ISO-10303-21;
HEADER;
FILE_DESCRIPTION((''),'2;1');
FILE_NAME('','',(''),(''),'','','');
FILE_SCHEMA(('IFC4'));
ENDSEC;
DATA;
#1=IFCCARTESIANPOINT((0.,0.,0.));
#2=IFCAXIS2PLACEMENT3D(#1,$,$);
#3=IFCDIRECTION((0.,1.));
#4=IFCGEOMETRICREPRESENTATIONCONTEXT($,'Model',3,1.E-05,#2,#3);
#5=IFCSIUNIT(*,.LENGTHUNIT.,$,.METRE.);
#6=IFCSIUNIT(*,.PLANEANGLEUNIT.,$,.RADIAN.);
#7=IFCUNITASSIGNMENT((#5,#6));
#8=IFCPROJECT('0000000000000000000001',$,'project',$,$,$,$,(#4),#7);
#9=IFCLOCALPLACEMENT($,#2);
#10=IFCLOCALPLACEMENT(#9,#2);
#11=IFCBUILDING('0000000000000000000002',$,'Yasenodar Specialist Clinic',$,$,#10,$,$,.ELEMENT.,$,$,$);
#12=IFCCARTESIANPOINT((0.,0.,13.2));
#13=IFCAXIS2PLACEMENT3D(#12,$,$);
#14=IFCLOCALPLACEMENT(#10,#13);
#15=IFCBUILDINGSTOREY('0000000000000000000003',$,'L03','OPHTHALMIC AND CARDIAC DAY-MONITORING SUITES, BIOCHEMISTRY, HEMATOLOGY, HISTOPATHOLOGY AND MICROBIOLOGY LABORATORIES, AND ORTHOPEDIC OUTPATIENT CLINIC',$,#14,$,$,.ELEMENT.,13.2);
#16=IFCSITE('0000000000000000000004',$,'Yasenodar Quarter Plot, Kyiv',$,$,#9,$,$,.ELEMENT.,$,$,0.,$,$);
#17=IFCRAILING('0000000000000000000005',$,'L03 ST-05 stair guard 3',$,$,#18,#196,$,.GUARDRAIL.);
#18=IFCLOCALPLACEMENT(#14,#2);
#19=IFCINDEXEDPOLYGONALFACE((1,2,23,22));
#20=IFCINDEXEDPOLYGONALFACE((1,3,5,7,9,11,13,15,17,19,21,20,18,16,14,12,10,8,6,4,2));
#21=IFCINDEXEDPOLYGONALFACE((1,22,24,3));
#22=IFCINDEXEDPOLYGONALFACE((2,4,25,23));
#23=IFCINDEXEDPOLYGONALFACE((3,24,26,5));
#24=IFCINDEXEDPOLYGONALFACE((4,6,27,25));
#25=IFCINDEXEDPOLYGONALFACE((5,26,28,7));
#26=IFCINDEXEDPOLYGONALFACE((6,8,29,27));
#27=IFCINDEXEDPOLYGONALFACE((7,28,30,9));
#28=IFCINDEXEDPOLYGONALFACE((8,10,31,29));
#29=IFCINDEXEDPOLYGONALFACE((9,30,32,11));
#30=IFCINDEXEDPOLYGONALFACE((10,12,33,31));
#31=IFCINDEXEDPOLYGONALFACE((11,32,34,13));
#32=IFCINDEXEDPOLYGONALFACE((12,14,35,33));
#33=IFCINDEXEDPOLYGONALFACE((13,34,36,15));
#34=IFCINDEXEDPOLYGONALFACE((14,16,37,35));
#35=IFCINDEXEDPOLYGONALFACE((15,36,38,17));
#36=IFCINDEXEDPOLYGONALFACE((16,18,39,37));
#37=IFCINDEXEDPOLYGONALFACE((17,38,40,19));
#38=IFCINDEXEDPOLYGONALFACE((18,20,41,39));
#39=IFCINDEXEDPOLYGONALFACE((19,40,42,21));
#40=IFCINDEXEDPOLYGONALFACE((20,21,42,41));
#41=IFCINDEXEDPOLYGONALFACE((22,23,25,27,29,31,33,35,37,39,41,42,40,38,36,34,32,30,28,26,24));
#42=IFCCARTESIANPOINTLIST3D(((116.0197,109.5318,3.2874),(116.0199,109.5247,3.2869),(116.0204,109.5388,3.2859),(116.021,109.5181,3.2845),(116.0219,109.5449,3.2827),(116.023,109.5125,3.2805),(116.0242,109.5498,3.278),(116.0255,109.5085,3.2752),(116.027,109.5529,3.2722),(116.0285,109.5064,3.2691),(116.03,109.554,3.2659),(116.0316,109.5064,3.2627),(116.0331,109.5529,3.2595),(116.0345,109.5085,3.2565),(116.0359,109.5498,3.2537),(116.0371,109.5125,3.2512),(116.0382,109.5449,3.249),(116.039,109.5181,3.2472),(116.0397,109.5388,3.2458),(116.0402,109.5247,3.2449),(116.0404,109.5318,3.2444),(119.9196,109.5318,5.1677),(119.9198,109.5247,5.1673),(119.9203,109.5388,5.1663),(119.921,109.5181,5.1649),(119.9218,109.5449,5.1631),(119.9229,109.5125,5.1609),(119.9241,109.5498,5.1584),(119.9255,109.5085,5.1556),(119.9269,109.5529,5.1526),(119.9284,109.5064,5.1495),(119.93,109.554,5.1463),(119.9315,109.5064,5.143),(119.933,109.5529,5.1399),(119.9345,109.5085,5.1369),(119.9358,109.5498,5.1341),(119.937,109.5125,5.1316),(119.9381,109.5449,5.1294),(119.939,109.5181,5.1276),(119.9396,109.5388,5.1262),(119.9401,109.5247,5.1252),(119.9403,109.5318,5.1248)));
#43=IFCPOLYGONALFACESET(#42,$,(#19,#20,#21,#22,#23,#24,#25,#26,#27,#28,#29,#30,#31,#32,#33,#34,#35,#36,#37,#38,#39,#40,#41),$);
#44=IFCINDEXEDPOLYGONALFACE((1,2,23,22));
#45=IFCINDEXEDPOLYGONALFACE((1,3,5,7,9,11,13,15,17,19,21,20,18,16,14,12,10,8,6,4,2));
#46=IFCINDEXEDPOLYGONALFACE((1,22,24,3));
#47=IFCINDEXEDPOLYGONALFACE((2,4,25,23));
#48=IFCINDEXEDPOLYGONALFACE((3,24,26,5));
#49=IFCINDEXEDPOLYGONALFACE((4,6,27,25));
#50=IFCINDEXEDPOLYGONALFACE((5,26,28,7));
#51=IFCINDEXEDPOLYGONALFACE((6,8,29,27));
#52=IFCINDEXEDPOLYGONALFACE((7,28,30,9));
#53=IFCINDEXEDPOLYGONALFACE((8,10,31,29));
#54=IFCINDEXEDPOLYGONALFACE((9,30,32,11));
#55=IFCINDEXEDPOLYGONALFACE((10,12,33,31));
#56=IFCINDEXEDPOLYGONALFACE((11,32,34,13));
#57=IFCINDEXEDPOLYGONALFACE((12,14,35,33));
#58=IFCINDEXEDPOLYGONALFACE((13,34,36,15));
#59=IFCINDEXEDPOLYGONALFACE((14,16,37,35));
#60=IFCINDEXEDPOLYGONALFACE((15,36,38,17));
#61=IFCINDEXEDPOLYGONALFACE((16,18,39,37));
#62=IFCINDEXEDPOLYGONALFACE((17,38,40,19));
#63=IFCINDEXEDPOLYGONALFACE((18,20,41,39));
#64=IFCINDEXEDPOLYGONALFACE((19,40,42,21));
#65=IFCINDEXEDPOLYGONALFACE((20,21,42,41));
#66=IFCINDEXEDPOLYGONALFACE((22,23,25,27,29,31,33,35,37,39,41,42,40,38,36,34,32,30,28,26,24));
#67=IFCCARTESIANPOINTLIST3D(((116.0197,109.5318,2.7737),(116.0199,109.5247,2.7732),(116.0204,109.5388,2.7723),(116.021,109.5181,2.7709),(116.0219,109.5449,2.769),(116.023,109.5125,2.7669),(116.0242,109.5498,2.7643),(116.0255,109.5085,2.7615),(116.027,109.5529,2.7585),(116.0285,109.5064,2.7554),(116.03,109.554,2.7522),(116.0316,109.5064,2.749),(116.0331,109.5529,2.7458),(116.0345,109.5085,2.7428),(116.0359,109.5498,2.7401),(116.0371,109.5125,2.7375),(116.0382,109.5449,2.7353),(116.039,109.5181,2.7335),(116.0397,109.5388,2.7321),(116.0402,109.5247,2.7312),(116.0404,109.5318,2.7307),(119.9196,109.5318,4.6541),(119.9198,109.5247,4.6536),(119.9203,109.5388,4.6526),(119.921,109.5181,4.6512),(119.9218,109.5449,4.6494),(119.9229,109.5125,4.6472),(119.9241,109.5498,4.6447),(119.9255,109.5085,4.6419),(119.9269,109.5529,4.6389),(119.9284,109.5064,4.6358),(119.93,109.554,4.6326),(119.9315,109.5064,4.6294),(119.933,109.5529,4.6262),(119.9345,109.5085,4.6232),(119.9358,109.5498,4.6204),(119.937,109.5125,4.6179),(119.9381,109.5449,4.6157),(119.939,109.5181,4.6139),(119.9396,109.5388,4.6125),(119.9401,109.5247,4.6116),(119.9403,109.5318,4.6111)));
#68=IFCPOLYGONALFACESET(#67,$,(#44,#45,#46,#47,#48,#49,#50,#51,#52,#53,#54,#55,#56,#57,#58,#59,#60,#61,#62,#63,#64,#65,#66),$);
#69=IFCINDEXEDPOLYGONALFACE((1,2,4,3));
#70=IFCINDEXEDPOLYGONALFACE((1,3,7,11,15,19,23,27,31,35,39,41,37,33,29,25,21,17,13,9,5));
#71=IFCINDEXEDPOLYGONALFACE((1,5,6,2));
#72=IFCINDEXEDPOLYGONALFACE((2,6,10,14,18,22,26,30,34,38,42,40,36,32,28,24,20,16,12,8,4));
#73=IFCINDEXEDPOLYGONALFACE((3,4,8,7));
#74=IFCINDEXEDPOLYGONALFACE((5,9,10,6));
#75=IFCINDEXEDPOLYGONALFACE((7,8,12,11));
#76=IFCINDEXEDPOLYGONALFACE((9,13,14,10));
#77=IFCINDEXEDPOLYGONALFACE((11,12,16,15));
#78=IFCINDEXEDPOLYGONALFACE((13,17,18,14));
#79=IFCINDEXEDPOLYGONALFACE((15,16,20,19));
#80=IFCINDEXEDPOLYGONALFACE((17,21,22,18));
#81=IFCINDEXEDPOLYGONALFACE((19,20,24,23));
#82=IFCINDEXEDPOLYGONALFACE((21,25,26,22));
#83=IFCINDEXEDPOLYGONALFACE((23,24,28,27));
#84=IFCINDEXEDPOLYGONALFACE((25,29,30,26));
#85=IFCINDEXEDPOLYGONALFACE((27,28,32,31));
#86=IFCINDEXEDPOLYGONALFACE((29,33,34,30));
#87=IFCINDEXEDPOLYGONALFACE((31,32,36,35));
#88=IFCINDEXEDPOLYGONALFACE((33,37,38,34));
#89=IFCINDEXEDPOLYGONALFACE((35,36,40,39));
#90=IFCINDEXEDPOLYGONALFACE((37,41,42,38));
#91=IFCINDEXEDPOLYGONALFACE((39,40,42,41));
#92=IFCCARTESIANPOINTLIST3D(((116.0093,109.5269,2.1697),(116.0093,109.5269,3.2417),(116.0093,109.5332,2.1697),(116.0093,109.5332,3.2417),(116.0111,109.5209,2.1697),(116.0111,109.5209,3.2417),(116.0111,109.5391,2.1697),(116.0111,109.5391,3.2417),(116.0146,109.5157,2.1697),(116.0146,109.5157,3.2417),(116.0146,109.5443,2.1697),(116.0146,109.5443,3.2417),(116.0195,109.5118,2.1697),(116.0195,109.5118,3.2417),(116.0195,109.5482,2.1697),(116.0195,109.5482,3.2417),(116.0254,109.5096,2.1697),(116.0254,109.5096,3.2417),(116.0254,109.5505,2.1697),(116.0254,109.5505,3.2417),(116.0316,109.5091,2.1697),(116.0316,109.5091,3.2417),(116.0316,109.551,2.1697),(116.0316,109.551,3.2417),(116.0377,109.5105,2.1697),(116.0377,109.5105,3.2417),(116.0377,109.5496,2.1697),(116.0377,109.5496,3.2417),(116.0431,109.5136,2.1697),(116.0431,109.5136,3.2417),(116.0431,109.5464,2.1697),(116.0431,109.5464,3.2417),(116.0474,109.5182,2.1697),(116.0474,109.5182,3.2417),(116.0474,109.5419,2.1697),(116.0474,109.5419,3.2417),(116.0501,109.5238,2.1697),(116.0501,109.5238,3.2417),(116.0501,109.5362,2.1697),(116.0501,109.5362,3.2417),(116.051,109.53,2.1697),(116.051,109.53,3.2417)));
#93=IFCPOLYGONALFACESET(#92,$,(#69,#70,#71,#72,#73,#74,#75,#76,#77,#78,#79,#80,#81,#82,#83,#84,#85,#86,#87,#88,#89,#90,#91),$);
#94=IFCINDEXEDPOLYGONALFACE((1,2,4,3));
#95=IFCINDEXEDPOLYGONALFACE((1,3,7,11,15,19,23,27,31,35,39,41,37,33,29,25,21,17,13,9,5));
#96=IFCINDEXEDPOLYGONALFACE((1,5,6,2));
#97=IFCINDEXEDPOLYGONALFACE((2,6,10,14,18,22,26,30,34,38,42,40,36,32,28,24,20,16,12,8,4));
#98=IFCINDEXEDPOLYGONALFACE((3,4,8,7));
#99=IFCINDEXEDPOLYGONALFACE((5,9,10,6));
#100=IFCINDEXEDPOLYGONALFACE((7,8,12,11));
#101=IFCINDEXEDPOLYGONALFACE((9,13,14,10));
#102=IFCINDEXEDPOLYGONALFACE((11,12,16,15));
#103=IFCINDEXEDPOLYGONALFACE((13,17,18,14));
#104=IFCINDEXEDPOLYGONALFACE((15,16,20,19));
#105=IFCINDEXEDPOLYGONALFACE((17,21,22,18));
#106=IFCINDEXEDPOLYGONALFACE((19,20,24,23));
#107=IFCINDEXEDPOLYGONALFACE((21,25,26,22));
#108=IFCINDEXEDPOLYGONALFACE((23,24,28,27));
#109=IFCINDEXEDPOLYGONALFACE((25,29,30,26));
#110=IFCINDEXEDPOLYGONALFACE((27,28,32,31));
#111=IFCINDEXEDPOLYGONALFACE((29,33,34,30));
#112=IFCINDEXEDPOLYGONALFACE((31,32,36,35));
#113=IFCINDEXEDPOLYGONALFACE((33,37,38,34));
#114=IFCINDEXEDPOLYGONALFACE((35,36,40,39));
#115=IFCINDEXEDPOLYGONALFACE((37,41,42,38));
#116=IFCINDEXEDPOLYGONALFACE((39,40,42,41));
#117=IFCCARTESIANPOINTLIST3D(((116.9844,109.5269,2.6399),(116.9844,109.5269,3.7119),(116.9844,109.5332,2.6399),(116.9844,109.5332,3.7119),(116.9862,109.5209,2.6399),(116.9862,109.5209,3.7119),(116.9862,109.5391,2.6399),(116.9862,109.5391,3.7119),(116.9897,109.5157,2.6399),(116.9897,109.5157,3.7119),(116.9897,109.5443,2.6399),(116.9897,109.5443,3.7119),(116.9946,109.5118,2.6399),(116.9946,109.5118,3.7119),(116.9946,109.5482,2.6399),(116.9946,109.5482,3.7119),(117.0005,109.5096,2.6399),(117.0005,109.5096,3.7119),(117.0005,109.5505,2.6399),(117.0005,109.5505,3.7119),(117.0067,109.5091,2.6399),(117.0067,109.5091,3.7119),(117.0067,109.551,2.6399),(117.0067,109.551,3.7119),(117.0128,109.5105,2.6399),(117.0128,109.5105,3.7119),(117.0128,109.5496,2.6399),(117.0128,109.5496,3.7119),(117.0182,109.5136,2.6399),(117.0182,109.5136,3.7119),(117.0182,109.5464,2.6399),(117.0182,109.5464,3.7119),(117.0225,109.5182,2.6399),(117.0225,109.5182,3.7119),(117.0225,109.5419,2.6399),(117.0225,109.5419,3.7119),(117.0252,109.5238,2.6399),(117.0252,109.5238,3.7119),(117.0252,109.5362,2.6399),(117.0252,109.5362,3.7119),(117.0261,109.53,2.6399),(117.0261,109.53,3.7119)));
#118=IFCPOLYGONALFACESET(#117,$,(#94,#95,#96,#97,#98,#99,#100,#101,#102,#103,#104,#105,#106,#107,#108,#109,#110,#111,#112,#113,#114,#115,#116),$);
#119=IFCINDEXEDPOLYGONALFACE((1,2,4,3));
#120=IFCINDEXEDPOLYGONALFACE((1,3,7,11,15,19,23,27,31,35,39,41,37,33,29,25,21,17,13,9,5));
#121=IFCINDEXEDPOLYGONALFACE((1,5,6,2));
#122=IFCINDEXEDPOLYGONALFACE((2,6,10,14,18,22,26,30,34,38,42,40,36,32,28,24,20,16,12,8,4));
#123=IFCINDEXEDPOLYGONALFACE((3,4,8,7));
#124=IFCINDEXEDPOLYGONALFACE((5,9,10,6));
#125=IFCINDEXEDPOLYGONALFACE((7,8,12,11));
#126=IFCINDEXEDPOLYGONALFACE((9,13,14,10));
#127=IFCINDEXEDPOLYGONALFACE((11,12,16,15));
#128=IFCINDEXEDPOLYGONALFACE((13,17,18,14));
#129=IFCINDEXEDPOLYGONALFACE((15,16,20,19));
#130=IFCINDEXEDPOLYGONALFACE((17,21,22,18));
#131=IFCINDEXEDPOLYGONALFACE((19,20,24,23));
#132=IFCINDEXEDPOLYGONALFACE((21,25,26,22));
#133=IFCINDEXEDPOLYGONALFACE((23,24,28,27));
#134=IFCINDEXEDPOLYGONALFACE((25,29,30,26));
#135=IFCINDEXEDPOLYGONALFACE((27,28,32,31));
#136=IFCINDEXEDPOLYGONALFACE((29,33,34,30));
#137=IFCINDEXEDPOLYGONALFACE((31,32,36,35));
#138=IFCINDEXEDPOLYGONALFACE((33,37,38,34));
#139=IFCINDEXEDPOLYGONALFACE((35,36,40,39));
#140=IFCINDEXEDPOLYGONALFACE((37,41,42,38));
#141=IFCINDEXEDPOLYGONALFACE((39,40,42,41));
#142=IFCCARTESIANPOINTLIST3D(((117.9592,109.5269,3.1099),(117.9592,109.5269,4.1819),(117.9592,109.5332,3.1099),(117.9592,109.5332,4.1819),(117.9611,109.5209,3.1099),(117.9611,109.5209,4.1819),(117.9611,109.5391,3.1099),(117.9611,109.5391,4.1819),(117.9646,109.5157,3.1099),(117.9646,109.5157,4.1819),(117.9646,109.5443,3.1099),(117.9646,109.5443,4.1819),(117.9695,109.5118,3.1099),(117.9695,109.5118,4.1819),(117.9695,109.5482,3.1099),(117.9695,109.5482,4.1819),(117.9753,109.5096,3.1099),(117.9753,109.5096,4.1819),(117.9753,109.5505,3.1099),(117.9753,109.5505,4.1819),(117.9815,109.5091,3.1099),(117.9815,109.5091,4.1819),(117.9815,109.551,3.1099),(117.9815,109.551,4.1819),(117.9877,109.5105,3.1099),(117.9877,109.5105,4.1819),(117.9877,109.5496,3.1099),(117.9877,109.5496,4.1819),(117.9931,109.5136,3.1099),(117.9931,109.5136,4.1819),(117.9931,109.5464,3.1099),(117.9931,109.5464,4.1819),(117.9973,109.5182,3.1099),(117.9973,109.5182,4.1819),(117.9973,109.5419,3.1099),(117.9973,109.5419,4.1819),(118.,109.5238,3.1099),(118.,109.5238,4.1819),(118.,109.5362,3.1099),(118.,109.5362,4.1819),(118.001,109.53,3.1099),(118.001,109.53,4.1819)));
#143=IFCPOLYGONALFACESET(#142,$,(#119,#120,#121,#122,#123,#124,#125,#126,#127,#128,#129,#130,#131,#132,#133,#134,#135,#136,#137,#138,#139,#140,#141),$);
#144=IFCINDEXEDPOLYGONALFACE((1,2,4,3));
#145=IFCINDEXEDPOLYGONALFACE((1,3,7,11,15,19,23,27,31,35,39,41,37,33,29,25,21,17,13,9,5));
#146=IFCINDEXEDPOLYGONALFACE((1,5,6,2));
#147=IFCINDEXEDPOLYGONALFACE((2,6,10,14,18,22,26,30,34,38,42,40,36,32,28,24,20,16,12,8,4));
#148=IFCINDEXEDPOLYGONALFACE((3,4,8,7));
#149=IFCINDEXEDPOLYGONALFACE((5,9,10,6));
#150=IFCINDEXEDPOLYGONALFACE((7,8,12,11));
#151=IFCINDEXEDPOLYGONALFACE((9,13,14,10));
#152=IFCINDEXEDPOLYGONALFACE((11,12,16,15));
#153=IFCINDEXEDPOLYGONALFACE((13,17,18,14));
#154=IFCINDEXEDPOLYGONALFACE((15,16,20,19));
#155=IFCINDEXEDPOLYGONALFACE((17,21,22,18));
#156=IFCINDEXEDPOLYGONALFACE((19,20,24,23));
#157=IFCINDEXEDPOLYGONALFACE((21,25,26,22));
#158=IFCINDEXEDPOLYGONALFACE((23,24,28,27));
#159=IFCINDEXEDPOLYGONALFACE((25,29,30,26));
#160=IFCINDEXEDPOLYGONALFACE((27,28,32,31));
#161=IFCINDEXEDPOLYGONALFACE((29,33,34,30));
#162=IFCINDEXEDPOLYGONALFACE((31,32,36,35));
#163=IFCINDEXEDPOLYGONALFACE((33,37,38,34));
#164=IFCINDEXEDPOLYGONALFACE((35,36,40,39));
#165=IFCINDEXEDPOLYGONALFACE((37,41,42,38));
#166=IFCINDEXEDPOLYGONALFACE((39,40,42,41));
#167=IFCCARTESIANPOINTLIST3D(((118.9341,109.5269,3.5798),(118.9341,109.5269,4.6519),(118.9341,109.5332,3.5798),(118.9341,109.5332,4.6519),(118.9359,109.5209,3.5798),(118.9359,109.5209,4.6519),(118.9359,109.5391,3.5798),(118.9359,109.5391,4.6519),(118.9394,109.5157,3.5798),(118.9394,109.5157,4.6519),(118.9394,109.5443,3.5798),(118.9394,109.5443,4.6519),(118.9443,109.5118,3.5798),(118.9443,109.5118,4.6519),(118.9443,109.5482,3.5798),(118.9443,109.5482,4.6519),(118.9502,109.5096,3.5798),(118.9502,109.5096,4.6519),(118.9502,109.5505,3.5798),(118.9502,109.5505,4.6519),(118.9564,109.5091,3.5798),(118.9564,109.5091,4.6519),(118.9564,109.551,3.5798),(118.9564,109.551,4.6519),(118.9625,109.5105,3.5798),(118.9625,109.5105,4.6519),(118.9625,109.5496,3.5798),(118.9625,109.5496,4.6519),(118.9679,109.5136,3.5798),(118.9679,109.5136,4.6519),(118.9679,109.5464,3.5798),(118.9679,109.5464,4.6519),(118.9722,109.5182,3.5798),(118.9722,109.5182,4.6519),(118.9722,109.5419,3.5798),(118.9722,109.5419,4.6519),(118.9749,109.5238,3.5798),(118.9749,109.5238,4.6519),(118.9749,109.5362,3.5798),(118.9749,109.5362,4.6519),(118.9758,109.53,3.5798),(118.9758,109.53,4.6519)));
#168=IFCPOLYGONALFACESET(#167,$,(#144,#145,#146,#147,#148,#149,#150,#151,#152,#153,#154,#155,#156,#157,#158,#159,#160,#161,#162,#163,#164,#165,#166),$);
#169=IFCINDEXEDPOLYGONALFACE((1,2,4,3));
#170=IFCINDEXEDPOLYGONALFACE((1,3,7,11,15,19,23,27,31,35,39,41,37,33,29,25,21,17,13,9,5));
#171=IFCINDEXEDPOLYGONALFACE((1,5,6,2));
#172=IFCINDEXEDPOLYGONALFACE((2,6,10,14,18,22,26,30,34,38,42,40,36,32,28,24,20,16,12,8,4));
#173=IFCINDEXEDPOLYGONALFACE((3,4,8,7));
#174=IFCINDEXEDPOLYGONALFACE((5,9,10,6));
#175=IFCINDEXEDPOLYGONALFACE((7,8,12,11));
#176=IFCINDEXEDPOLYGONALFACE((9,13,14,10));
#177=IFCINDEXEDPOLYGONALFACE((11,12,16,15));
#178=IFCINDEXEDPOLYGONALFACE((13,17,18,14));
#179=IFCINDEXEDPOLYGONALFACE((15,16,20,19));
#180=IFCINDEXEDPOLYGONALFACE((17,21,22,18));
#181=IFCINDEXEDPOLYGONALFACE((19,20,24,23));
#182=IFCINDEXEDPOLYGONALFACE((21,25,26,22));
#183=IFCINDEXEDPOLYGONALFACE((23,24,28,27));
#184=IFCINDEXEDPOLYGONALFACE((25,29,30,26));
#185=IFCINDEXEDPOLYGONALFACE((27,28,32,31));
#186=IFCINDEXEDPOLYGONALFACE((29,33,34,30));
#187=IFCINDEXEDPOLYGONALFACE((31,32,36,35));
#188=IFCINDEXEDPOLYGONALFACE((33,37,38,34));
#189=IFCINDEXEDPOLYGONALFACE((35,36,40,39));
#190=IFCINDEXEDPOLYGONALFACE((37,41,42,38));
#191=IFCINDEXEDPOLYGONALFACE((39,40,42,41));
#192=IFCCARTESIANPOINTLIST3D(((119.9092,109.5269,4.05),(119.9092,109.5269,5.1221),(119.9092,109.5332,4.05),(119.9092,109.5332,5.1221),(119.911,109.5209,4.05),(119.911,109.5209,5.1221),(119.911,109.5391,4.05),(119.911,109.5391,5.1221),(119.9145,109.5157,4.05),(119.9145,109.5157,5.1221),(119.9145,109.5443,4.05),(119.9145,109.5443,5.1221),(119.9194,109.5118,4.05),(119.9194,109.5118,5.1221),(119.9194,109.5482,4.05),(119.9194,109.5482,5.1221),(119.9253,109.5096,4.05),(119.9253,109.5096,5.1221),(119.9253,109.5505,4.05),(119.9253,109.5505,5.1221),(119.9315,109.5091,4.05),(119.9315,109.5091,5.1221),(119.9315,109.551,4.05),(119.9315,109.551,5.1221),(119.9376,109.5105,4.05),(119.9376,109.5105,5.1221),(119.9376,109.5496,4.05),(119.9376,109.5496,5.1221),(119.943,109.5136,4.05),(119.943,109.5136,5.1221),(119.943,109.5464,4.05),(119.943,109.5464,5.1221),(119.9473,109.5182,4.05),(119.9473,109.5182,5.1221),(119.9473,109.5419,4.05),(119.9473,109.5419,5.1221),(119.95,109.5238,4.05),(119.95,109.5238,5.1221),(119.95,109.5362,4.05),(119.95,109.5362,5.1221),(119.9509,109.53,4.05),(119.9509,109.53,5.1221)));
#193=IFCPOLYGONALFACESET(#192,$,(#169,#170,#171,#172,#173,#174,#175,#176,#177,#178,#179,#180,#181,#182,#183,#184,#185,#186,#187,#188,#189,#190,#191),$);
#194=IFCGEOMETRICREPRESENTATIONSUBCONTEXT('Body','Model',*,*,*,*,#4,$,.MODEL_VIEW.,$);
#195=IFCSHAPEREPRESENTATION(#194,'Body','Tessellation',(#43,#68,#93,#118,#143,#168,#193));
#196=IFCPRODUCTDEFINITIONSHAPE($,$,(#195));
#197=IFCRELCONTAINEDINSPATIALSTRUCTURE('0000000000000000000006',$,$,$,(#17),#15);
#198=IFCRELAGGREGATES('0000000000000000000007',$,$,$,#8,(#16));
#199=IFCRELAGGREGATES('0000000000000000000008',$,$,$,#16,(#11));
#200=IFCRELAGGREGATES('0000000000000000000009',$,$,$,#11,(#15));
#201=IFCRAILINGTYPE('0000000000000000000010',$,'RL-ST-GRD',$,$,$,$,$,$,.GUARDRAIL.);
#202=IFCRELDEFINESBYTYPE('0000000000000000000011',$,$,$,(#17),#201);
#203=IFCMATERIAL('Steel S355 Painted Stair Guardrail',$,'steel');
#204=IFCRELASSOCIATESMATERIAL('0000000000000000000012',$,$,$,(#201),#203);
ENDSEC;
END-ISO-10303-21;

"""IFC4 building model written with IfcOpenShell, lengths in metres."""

from ifc_helpers import new_model, si_unit, direction, frame, origin, origin_2d, place, context, subcontext, project, spatial, circle, extrude, material, type_object, element, save


model = new_model("IFC4")

# Units and contexts
model_context = context("Model", 3, precision=1e-05, world=origin(), true_north=direction((0.0, 1.0)))
body_context = subcontext(model_context, "Body", "Model", "MODEL_VIEW")
ifc_project = project(units=[si_unit("LENGTHUNIT", "METRE"), si_unit("PLANEANGLEUNIT", "RADIAN")], contexts=[model_context])

# Site, building, storey
site_placement = place(None, origin())
site = spatial("IfcSite", under=ifc_project, at=site_placement, Name="Yasenodar Quarter Plot, Kyiv", CompositionType="ELEMENT", RefElevation=0.0)
building_placement = place(site_placement, origin())
building = spatial("IfcBuilding", under=site, at=building_placement, Name="Yasenodar Specialist Clinic", CompositionType="ELEMENT")
storey_placement = place(building_placement, frame((0.0, 0.0, 13.2)))
storey = spatial("IfcBuildingStorey", under=building, at=storey_placement, Name="L03", Description="OPHTHALMIC AND CARDIAC DAY-MONITORING SUITES, BIOCHEMISTRY, HEMATOLOGY, HISTOPATHOLOGY AND MICROBIOLOGY LABORATORIES, AND ORTHOPEDIC OUTPATIENT CLINIC", CompositionType="ELEMENT", Elevation=13.2)

# Railing
ifc_material_1 = material(Name="Steel S355 Painted Stair Guardrail", Category="steel")
railing_type_1 = type_object("IfcRailingType", Name="RL-ST-GRD", PredefinedType="GUARDRAIL", material=ifc_material_1)
railing_1_placement = place(storey_placement, frame((116.03, 109.53, 2.1697)))
element("IfcRailing", 1, at=railing_1_placement, inside=storey, type_object=railing_type_1, Name="L03 ST-05 stair guard 3", PredefinedType="GUARDRAIL", context=body_context, shape_type="SweptSolid", body=[
    extrude(circle(Radius=0.0239, at=origin_2d()), frame((0.0, 0.0, 1.0962), z_axis=(0.900763, 0.0, 0.434311), x_axis=(0.0, 1.0, 0.0)), (0.0, 0.0, 1.0), 4.3296),
    extrude(circle(Radius=0.0239, at=origin_2d()), frame((0.0, 0.0, 0.5825), z_axis=(0.900763, 0.0, 0.434311), x_axis=(0.0, 1.0, 0.0)), (0.0, 0.0, 1.0), 4.3296),
    extrude(circle(Radius=0.021, at=origin_2d()), origin(), (0.0, 0.0, 1.0), 1.072),
    extrude(circle(Radius=0.021, at=origin_2d()), frame((0.9751, 0.0, 0.4702)), (0.0, 0.0, 1.0), 1.072),
    extrude(circle(Radius=0.021, at=origin_2d()), frame((1.95, 0.0, 0.9402)), (0.0, 0.0, 1.0), 1.072),
    extrude(circle(Radius=0.021, at=origin_2d()), frame((2.9248, 0.0, 1.4102)), (0.0, 0.0, 1.0), 1.072),
    extrude(circle(Radius=0.021, at=origin_2d()), frame((3.8999, 0.0, 1.8804)), (0.0, 0.0, 1.0), 1.072),
])

save(model, "model.ifc")
